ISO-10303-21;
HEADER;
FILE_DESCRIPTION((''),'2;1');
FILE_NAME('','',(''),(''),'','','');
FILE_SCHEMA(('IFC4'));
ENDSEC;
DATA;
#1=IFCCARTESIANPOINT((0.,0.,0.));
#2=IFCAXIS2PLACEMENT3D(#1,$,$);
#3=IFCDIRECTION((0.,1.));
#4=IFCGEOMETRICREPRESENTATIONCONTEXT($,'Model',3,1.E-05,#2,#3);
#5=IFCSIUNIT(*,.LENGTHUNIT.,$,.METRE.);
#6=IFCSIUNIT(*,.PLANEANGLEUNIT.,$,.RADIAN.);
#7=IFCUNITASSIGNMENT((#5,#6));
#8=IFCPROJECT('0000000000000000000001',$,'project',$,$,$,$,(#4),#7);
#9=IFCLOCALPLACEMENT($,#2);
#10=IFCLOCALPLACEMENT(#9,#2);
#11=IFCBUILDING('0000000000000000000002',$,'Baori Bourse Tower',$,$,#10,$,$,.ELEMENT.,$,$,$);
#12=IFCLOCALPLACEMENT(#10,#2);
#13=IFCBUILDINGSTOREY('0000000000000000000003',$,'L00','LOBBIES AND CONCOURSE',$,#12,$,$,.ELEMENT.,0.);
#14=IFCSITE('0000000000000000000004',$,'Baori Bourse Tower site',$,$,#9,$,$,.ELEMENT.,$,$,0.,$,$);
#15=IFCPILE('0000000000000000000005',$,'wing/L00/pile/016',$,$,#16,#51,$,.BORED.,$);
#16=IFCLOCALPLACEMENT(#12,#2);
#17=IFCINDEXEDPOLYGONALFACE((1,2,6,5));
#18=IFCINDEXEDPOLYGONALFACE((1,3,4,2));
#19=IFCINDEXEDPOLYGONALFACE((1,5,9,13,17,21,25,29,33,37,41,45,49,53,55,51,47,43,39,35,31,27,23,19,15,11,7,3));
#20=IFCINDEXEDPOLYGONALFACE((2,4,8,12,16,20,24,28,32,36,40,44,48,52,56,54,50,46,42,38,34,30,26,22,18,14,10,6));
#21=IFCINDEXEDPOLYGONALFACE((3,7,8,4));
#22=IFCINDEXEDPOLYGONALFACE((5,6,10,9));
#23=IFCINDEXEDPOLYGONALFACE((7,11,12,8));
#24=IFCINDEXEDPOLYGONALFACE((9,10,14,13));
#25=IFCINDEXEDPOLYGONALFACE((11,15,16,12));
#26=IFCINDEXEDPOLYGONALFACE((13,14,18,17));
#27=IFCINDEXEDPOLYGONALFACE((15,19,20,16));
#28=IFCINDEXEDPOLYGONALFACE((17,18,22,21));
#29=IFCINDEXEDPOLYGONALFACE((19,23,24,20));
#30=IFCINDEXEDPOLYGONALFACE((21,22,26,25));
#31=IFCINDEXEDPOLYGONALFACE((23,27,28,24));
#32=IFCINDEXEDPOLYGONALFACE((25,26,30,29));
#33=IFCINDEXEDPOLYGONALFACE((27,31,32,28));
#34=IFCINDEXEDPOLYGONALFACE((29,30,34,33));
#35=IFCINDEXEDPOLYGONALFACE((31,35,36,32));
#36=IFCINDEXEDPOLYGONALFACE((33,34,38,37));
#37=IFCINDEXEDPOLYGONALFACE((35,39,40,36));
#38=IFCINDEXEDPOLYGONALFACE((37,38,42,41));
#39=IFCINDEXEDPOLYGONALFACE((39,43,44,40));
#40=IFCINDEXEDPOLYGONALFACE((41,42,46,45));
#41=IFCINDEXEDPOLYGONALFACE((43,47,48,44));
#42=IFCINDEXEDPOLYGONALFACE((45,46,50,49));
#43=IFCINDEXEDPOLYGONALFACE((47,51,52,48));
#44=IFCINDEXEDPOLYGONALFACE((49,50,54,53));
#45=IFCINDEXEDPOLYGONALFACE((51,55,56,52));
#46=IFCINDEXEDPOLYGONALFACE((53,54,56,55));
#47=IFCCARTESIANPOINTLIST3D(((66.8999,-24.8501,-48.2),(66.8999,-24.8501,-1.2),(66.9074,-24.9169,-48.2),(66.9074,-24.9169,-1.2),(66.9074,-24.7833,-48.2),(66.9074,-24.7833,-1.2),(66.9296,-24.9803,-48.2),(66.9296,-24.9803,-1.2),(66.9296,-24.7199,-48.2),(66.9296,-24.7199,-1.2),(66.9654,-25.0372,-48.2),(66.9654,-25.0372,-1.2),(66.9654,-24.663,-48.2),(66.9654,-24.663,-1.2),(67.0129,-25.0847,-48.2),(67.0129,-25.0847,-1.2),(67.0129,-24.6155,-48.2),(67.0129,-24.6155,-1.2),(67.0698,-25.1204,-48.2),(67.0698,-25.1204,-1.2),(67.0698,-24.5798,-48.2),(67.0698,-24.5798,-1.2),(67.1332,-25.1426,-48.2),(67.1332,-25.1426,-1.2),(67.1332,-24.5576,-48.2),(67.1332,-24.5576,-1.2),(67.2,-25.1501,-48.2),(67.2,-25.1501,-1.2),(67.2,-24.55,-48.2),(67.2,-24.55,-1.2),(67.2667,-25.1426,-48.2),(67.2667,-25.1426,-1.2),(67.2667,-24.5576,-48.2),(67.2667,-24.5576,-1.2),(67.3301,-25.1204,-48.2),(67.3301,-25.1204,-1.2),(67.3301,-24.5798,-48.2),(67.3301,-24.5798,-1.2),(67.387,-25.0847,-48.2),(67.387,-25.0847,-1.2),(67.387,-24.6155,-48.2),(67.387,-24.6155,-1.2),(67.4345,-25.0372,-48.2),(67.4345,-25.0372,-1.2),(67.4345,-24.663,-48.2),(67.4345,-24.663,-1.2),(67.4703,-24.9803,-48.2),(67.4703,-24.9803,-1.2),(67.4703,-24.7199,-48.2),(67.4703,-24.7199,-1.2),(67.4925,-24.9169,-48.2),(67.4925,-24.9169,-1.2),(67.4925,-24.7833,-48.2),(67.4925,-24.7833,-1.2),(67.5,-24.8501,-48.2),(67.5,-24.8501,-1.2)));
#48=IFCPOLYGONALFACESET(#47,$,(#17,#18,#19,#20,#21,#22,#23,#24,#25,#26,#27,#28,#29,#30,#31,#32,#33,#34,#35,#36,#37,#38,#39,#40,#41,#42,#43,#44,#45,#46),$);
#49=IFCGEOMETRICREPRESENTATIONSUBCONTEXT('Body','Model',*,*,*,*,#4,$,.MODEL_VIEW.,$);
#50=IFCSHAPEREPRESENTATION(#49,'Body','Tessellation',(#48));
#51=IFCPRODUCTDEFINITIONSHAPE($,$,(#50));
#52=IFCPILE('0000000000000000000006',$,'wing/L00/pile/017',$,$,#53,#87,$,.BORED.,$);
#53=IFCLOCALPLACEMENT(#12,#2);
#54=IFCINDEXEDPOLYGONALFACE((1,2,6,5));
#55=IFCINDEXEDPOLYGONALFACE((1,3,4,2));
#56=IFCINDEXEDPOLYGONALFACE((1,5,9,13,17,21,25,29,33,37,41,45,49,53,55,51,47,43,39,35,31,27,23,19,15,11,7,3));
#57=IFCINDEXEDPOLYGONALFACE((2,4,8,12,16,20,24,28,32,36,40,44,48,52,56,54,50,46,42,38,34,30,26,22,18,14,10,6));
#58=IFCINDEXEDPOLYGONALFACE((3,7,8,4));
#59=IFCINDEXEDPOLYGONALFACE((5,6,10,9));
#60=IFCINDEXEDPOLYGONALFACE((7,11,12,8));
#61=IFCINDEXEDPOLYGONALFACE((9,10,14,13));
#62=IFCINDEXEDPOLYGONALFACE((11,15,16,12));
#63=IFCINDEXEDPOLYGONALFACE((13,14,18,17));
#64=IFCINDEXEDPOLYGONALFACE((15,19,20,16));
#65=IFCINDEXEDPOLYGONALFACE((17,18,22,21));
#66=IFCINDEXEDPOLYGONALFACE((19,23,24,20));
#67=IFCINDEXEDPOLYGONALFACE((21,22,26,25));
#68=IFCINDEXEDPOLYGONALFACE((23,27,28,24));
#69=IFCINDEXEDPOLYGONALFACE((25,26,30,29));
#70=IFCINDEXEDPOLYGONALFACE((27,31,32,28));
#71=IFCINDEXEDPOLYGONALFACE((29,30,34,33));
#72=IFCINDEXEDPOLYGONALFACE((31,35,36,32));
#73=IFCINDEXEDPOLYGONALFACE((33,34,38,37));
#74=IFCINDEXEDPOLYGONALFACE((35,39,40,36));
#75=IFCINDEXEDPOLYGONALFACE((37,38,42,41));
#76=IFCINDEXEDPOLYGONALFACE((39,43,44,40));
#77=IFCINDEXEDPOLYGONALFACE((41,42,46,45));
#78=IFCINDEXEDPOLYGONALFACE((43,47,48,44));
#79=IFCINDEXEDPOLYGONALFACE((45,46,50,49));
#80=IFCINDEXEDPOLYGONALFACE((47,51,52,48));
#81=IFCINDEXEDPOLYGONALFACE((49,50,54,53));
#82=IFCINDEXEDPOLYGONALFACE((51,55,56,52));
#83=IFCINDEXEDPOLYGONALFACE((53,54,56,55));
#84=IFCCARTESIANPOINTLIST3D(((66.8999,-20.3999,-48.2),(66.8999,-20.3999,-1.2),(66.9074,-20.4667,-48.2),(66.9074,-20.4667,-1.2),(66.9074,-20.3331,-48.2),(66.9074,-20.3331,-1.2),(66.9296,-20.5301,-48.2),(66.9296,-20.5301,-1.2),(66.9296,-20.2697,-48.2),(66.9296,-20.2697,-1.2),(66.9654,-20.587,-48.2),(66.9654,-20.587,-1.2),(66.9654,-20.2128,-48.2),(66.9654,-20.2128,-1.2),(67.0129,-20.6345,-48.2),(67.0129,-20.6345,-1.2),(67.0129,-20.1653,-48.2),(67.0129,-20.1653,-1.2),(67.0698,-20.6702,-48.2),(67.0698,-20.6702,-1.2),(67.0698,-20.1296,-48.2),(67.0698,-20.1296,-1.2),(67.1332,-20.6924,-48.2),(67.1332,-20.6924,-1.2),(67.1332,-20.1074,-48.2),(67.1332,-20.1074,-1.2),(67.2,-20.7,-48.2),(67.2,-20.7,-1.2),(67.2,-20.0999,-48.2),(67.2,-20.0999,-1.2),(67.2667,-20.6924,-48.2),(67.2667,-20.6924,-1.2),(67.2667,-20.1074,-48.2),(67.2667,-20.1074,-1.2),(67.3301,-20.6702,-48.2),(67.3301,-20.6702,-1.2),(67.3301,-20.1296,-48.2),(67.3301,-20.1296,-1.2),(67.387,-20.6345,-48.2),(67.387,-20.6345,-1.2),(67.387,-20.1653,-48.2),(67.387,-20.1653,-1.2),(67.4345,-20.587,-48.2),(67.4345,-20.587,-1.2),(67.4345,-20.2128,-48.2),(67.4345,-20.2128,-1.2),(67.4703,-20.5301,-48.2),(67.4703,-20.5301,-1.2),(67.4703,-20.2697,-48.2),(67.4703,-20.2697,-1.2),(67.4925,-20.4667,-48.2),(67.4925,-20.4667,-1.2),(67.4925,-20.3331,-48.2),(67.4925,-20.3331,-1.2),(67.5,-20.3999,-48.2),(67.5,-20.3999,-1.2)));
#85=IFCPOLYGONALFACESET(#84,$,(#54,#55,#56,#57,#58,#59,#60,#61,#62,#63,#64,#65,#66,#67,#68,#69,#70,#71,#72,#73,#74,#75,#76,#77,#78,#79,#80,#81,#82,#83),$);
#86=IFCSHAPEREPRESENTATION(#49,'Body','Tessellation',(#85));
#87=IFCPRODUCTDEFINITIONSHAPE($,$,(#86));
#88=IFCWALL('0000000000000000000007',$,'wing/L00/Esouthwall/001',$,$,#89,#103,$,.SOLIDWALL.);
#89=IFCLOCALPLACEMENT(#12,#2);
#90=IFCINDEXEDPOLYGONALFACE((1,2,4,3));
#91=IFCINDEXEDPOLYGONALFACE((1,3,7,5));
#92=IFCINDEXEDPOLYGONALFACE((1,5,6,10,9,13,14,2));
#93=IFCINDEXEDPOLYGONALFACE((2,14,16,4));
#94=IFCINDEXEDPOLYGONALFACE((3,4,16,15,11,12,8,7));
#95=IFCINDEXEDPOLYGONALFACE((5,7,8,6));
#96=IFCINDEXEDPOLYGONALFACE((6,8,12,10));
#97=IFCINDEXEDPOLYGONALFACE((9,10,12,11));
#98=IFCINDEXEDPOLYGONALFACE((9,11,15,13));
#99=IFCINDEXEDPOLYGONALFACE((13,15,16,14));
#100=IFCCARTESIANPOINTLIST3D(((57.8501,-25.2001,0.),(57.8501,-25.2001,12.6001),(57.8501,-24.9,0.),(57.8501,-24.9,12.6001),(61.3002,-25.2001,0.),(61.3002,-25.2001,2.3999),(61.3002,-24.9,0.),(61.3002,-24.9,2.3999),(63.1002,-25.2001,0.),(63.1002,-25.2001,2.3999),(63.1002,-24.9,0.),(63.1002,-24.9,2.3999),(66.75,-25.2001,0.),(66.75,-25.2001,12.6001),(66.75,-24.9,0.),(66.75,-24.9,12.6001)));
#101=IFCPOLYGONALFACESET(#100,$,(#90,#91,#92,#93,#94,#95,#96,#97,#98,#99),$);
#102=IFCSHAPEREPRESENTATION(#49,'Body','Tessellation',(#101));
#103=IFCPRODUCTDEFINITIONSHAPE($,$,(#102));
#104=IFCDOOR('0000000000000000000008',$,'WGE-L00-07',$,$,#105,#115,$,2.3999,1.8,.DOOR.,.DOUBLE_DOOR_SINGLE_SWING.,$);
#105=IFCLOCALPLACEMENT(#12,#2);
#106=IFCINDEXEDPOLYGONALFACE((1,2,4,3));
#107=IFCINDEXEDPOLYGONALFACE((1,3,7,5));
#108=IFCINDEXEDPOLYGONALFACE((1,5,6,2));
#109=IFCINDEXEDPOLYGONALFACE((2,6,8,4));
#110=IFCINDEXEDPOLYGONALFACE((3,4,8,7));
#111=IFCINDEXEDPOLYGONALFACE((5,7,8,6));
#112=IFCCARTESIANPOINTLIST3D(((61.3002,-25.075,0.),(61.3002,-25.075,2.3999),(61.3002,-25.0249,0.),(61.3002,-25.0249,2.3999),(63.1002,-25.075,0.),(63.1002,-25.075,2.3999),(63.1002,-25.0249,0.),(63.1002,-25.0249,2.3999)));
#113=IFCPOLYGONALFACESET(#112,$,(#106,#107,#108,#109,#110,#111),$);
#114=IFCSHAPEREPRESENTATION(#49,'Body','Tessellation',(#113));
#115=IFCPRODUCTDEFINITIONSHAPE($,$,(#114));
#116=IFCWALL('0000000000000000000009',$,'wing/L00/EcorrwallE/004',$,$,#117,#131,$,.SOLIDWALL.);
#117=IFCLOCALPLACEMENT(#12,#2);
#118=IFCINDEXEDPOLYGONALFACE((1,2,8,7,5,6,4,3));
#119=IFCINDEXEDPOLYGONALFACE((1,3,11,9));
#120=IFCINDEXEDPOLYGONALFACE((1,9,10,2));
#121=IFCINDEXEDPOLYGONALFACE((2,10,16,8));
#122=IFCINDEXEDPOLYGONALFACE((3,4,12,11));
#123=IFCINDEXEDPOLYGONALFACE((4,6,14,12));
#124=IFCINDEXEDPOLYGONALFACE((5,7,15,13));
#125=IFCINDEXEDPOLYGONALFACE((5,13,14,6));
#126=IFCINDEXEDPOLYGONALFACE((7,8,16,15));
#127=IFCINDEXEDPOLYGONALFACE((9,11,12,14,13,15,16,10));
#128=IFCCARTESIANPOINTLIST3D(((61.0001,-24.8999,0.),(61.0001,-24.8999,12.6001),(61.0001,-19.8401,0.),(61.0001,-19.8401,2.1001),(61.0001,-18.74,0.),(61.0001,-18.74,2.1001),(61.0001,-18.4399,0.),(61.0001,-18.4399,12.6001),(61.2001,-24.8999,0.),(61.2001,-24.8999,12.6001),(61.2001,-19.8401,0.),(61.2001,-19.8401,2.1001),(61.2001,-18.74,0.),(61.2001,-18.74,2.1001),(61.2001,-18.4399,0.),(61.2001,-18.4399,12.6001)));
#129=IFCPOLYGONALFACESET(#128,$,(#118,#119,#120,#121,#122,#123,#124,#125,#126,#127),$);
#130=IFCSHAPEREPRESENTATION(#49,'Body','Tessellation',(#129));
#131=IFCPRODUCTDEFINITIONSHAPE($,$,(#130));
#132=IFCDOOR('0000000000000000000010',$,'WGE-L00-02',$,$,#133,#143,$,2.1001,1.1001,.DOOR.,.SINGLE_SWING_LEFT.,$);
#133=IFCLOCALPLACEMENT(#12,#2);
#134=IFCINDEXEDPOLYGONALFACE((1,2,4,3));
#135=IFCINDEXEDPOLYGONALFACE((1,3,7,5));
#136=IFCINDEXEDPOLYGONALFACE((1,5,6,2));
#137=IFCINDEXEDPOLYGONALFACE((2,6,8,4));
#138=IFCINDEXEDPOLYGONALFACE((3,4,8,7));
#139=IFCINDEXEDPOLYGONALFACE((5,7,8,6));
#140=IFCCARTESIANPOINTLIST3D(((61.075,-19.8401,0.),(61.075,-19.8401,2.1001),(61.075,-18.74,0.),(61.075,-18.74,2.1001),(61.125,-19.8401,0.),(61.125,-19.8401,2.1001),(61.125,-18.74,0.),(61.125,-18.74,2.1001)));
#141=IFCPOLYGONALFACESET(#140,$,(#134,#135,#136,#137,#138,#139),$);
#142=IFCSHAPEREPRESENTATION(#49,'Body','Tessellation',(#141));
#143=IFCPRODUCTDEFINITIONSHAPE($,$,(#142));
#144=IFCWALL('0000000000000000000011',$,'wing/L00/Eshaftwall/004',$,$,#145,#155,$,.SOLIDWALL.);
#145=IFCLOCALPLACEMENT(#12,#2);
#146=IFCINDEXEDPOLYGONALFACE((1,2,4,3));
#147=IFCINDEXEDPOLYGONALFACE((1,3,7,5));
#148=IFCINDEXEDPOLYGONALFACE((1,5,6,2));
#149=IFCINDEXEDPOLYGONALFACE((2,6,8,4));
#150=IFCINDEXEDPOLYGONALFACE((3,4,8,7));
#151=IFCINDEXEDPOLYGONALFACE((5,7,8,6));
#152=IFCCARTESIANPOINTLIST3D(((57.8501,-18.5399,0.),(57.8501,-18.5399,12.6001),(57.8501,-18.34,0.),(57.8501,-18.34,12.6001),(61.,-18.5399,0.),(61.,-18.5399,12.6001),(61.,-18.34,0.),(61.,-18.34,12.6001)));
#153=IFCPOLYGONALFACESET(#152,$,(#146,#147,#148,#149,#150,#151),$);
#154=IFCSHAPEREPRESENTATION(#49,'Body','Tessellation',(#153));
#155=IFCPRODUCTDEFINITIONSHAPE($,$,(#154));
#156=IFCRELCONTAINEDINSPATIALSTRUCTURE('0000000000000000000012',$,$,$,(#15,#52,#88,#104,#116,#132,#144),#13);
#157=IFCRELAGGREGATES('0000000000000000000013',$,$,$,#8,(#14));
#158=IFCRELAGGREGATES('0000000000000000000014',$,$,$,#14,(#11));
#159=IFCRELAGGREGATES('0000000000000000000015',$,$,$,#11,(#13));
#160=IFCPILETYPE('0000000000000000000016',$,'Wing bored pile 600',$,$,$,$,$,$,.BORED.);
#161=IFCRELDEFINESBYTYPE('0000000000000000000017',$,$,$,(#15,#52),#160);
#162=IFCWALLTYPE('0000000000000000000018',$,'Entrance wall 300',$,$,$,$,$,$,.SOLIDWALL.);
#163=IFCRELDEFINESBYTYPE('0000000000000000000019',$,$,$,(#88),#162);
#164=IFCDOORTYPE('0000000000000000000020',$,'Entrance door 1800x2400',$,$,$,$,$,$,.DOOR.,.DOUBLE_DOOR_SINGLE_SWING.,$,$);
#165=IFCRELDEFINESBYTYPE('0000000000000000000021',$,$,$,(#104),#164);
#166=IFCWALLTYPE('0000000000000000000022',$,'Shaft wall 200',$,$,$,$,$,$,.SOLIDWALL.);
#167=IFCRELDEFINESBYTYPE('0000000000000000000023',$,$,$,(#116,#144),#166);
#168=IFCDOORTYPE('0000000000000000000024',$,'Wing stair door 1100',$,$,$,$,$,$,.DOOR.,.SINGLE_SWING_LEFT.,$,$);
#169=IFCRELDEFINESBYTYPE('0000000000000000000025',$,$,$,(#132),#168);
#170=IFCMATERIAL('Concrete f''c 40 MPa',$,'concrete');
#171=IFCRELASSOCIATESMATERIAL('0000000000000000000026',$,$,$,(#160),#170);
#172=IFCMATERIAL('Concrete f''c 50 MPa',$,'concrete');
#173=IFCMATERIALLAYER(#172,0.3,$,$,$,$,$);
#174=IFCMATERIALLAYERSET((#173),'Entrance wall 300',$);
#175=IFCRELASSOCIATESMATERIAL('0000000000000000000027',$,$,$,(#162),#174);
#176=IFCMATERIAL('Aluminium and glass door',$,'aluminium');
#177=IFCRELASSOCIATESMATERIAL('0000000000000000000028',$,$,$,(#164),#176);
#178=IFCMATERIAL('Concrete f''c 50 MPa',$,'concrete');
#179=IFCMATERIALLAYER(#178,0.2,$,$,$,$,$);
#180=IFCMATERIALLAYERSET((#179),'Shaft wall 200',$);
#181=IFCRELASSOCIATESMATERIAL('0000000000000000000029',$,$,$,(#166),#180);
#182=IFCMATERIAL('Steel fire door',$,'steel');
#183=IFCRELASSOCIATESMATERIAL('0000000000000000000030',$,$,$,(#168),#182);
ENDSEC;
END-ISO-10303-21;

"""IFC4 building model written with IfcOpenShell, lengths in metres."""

from ifc_helpers import new_model, si_unit, direction, frame, frame_2d, origin, origin_2d, place, context, subcontext, project, spatial, rectangle, circle, extrude, material, layer, layer_set, material_profile, profile_set, type_object, element, fill, save


model = new_model("IFC4")

# Units and contexts
model_context = context("Model", 3, precision=1e-05, world=origin(), true_north=direction((0.0, 1.0)))
body_context = subcontext(model_context, "Body", "Model", "MODEL_VIEW")
ifc_project = project(units=[si_unit("LENGTHUNIT", "METRE"), si_unit("PLANEANGLEUNIT", "RADIAN")], contexts=[model_context])

# Site, building, storey
site_placement = place(None, origin())
site = spatial("IfcSite", under=ifc_project, at=site_placement, Name="Baori Bourse Tower site", CompositionType="ELEMENT", RefElevation=0.0)
building_placement = place(site_placement, origin())
building = spatial("IfcBuilding", under=site, at=building_placement, Name="Baori Bourse Tower", CompositionType="ELEMENT")
storey_placement = place(building_placement, origin())
storey = spatial("IfcBuildingStorey", under=building, at=storey_placement, Name="L00", Description="LOBBIES AND CONCOURSE", CompositionType="ELEMENT", Elevation=0.0)

# Piles
ifc_material_1 = material(Name="Concrete f'c 40 MPa", Category="concrete")
ifc_material_profile = material_profile(ifc_material_1, circle(Radius=0.3, at=origin_2d()), Name="Wing bored pile 600")
ifc_profile_set = profile_set([ifc_material_profile], Name="Concrete f'c 40 MPa")
pile_type = type_object("IfcPileType", Name="Wing bored pile 600", PredefinedType="BORED", material=ifc_profile_set)
for number, where, z_axis, x_axis, name in (
    (1, (67.2, -24.8501, -1.2), (0.0, 0.0, -1.0), (1.0, 0.0, 0.0), "wing/L00/pile/016"),
    (2, (67.2, -20.3999, -1.2), (0.0, 0.0, -1.0), (1.0, 0.0, 0.0), "wing/L00/pile/017"),
):
    element("IfcPile", number, at=place(storey_placement, frame(where, z_axis=z_axis, x_axis=x_axis)), inside=storey, type_object=pile_type, Name=name, PredefinedType="BORED", context=body_context, shape_type="SweptSolid", body=[
        extrude(circle(Radius=0.3, at=origin_2d()), origin(), (0.0, 0.0, 1.0), 47.0),
    ])

# Walls, openings, doors
ifc_material_2 = material(Name="Concrete f'c 50 MPa", Category="concrete")
ifc_layer_1 = layer(ifc_material_2, 0.3)
ifc_layer_set_1 = layer_set([ifc_layer_1], Name="Entrance wall 300")
wall_type_1 = type_object("IfcWallType", Name="Entrance wall 300", PredefinedType="SOLIDWALL", material=ifc_layer_set_1)
wall_1_placement = place(storey_placement, frame((66.75, -25.05, 0.0), z_axis=(0.0, 0.0, 1.0), x_axis=(-1.0, 0.0, 0.0)))
wall_1 = element("IfcWall", 3, at=wall_1_placement, inside=storey, type_object=wall_type_1, Name="wing/L00/Esouthwall/001", PredefinedType="SOLIDWALL", context=body_context, shape_type="SweptSolid", body=[
    extrude(rectangle(XDim=8.8999, YDim=0.3, at=frame_2d((4.45, 0.0))), origin(), (0.0, 0.0, 1.0), 12.6001),
])
opening_1_placement = place(wall_1_placement, frame((3.6499, 0.0, 0.0)))
opening_1 = element("IfcOpeningElement", 4, at=opening_1_placement, cuts=wall_1, PredefinedType="OPENING", context=body_context, shape_type="SweptSolid", body=[
    extrude(rectangle(XDim=1.8, YDim=2.3999, at=frame_2d((0.8999, 1.2))), frame((0.0, 0.1599, 0.0), z_axis=(0.0, -1.0, 0.0), x_axis=(1.0, 0.0, 0.0)), (0.0, 0.0, 1.0), 0.3201),
])
ifc_material_3 = material(Name="Aluminium and glass door", Category="aluminium")
door_type_1 = type_object("IfcDoorType", Name="Entrance door 1800x2400", OperationType="DOUBLE_DOOR_SINGLE_SWING", PredefinedType="DOOR", material=ifc_material_3)
door_1_placement = place(opening_1_placement, origin())
door_1 = element("IfcDoor", 5, at=door_1_placement, inside=storey, type_object=door_type_1, Name="WGE-L00-07", OperationType="DOUBLE_DOOR_SINGLE_SWING", OverallHeight=2.3999, OverallWidth=1.8, PredefinedType="DOOR", context=body_context, shape_type="SweptSolid", body=[
    extrude(rectangle(XDim=1.8, YDim=2.3999, at=frame_2d((0.8999, 1.2))), frame((0.0, 0.0249, 0.0), z_axis=(0.0, -1.0, 0.0), x_axis=(1.0, 0.0, 0.0)), (0.0, 0.0, 1.0), 0.05),
])
fill(opening_1, door_1)
ifc_material_4 = material(Name="Concrete f'c 50 MPa", Category="concrete")
ifc_layer_2 = layer(ifc_material_4, 0.2)
ifc_layer_set_2 = layer_set([ifc_layer_2], Name="Shaft wall 200")
wall_type_2 = type_object("IfcWallType", Name="Shaft wall 200", PredefinedType="SOLIDWALL", material=ifc_layer_set_2)
wall_2_placement = place(storey_placement, frame((61.1001, -18.4399, 0.0), z_axis=(0.0, 0.0, 1.0), x_axis=(0.0, -1.0, 0.0)))
wall_2 = element("IfcWall", 6, at=wall_2_placement, inside=storey, type_object=wall_type_2, Name="wing/L00/EcorrwallE/004", PredefinedType="SOLIDWALL", context=body_context, shape_type="SweptSolid", body=[
    extrude(rectangle(XDim=6.46, YDim=0.2, at=frame_2d((3.23, 0.0))), origin(), (0.0, 0.0, 1.0), 12.6001),
])
opening_2_placement = place(wall_2_placement, frame((0.3, 0.0, 0.0)))
opening_2 = element("IfcOpeningElement", 7, at=opening_2_placement, cuts=wall_2, PredefinedType="OPENING", context=body_context, shape_type="SweptSolid", body=[
    extrude(rectangle(XDim=1.1001, YDim=2.1001, at=frame_2d((0.55, 1.05))), frame((0.0, 0.1099, 0.0), z_axis=(0.0, -1.0, 0.0), x_axis=(1.0, 0.0, 0.0)), (0.0, 0.0, 1.0), 0.22),
])
ifc_material_5 = material(Name="Steel fire door", Category="steel")
door_type_2 = type_object("IfcDoorType", Name="Wing stair door 1100", OperationType="SINGLE_SWING_LEFT", PredefinedType="DOOR", material=ifc_material_5)
door_2_placement = place(opening_2_placement, origin())
door_2 = element("IfcDoor", 8, at=door_2_placement, inside=storey, type_object=door_type_2, Name="WGE-L00-02", OperationType="SINGLE_SWING_LEFT", OverallHeight=2.1001, OverallWidth=1.1001, PredefinedType="DOOR", context=body_context, shape_type="SweptSolid", body=[
    extrude(rectangle(XDim=1.1001, YDim=2.1001, at=frame_2d((0.55, 1.05))), frame((0.0, 0.0249, 0.0), z_axis=(0.0, -1.0, 0.0), x_axis=(1.0, 0.0, 0.0)), (0.0, 0.0, 1.0), 0.05),
])
fill(opening_2, door_2)

# Wall
wall_3_placement = place(storey_placement, frame((61.0, -18.4399, 0.0), z_axis=(0.0, 0.0, 1.0), x_axis=(-1.0, 0.0, 0.0)))
element("IfcWall", 9, at=wall_3_placement, inside=storey, type_object=wall_type_2, Name="wing/L00/Eshaftwall/004", PredefinedType="SOLIDWALL", context=body_context, shape_type="SweptSolid", body=[
    extrude(rectangle(XDim=3.1499, YDim=0.2, at=frame_2d((1.575, 0.0))), origin(), (0.0, 0.0, 1.0), 12.6001),
])

save(model, "model.ifc")
